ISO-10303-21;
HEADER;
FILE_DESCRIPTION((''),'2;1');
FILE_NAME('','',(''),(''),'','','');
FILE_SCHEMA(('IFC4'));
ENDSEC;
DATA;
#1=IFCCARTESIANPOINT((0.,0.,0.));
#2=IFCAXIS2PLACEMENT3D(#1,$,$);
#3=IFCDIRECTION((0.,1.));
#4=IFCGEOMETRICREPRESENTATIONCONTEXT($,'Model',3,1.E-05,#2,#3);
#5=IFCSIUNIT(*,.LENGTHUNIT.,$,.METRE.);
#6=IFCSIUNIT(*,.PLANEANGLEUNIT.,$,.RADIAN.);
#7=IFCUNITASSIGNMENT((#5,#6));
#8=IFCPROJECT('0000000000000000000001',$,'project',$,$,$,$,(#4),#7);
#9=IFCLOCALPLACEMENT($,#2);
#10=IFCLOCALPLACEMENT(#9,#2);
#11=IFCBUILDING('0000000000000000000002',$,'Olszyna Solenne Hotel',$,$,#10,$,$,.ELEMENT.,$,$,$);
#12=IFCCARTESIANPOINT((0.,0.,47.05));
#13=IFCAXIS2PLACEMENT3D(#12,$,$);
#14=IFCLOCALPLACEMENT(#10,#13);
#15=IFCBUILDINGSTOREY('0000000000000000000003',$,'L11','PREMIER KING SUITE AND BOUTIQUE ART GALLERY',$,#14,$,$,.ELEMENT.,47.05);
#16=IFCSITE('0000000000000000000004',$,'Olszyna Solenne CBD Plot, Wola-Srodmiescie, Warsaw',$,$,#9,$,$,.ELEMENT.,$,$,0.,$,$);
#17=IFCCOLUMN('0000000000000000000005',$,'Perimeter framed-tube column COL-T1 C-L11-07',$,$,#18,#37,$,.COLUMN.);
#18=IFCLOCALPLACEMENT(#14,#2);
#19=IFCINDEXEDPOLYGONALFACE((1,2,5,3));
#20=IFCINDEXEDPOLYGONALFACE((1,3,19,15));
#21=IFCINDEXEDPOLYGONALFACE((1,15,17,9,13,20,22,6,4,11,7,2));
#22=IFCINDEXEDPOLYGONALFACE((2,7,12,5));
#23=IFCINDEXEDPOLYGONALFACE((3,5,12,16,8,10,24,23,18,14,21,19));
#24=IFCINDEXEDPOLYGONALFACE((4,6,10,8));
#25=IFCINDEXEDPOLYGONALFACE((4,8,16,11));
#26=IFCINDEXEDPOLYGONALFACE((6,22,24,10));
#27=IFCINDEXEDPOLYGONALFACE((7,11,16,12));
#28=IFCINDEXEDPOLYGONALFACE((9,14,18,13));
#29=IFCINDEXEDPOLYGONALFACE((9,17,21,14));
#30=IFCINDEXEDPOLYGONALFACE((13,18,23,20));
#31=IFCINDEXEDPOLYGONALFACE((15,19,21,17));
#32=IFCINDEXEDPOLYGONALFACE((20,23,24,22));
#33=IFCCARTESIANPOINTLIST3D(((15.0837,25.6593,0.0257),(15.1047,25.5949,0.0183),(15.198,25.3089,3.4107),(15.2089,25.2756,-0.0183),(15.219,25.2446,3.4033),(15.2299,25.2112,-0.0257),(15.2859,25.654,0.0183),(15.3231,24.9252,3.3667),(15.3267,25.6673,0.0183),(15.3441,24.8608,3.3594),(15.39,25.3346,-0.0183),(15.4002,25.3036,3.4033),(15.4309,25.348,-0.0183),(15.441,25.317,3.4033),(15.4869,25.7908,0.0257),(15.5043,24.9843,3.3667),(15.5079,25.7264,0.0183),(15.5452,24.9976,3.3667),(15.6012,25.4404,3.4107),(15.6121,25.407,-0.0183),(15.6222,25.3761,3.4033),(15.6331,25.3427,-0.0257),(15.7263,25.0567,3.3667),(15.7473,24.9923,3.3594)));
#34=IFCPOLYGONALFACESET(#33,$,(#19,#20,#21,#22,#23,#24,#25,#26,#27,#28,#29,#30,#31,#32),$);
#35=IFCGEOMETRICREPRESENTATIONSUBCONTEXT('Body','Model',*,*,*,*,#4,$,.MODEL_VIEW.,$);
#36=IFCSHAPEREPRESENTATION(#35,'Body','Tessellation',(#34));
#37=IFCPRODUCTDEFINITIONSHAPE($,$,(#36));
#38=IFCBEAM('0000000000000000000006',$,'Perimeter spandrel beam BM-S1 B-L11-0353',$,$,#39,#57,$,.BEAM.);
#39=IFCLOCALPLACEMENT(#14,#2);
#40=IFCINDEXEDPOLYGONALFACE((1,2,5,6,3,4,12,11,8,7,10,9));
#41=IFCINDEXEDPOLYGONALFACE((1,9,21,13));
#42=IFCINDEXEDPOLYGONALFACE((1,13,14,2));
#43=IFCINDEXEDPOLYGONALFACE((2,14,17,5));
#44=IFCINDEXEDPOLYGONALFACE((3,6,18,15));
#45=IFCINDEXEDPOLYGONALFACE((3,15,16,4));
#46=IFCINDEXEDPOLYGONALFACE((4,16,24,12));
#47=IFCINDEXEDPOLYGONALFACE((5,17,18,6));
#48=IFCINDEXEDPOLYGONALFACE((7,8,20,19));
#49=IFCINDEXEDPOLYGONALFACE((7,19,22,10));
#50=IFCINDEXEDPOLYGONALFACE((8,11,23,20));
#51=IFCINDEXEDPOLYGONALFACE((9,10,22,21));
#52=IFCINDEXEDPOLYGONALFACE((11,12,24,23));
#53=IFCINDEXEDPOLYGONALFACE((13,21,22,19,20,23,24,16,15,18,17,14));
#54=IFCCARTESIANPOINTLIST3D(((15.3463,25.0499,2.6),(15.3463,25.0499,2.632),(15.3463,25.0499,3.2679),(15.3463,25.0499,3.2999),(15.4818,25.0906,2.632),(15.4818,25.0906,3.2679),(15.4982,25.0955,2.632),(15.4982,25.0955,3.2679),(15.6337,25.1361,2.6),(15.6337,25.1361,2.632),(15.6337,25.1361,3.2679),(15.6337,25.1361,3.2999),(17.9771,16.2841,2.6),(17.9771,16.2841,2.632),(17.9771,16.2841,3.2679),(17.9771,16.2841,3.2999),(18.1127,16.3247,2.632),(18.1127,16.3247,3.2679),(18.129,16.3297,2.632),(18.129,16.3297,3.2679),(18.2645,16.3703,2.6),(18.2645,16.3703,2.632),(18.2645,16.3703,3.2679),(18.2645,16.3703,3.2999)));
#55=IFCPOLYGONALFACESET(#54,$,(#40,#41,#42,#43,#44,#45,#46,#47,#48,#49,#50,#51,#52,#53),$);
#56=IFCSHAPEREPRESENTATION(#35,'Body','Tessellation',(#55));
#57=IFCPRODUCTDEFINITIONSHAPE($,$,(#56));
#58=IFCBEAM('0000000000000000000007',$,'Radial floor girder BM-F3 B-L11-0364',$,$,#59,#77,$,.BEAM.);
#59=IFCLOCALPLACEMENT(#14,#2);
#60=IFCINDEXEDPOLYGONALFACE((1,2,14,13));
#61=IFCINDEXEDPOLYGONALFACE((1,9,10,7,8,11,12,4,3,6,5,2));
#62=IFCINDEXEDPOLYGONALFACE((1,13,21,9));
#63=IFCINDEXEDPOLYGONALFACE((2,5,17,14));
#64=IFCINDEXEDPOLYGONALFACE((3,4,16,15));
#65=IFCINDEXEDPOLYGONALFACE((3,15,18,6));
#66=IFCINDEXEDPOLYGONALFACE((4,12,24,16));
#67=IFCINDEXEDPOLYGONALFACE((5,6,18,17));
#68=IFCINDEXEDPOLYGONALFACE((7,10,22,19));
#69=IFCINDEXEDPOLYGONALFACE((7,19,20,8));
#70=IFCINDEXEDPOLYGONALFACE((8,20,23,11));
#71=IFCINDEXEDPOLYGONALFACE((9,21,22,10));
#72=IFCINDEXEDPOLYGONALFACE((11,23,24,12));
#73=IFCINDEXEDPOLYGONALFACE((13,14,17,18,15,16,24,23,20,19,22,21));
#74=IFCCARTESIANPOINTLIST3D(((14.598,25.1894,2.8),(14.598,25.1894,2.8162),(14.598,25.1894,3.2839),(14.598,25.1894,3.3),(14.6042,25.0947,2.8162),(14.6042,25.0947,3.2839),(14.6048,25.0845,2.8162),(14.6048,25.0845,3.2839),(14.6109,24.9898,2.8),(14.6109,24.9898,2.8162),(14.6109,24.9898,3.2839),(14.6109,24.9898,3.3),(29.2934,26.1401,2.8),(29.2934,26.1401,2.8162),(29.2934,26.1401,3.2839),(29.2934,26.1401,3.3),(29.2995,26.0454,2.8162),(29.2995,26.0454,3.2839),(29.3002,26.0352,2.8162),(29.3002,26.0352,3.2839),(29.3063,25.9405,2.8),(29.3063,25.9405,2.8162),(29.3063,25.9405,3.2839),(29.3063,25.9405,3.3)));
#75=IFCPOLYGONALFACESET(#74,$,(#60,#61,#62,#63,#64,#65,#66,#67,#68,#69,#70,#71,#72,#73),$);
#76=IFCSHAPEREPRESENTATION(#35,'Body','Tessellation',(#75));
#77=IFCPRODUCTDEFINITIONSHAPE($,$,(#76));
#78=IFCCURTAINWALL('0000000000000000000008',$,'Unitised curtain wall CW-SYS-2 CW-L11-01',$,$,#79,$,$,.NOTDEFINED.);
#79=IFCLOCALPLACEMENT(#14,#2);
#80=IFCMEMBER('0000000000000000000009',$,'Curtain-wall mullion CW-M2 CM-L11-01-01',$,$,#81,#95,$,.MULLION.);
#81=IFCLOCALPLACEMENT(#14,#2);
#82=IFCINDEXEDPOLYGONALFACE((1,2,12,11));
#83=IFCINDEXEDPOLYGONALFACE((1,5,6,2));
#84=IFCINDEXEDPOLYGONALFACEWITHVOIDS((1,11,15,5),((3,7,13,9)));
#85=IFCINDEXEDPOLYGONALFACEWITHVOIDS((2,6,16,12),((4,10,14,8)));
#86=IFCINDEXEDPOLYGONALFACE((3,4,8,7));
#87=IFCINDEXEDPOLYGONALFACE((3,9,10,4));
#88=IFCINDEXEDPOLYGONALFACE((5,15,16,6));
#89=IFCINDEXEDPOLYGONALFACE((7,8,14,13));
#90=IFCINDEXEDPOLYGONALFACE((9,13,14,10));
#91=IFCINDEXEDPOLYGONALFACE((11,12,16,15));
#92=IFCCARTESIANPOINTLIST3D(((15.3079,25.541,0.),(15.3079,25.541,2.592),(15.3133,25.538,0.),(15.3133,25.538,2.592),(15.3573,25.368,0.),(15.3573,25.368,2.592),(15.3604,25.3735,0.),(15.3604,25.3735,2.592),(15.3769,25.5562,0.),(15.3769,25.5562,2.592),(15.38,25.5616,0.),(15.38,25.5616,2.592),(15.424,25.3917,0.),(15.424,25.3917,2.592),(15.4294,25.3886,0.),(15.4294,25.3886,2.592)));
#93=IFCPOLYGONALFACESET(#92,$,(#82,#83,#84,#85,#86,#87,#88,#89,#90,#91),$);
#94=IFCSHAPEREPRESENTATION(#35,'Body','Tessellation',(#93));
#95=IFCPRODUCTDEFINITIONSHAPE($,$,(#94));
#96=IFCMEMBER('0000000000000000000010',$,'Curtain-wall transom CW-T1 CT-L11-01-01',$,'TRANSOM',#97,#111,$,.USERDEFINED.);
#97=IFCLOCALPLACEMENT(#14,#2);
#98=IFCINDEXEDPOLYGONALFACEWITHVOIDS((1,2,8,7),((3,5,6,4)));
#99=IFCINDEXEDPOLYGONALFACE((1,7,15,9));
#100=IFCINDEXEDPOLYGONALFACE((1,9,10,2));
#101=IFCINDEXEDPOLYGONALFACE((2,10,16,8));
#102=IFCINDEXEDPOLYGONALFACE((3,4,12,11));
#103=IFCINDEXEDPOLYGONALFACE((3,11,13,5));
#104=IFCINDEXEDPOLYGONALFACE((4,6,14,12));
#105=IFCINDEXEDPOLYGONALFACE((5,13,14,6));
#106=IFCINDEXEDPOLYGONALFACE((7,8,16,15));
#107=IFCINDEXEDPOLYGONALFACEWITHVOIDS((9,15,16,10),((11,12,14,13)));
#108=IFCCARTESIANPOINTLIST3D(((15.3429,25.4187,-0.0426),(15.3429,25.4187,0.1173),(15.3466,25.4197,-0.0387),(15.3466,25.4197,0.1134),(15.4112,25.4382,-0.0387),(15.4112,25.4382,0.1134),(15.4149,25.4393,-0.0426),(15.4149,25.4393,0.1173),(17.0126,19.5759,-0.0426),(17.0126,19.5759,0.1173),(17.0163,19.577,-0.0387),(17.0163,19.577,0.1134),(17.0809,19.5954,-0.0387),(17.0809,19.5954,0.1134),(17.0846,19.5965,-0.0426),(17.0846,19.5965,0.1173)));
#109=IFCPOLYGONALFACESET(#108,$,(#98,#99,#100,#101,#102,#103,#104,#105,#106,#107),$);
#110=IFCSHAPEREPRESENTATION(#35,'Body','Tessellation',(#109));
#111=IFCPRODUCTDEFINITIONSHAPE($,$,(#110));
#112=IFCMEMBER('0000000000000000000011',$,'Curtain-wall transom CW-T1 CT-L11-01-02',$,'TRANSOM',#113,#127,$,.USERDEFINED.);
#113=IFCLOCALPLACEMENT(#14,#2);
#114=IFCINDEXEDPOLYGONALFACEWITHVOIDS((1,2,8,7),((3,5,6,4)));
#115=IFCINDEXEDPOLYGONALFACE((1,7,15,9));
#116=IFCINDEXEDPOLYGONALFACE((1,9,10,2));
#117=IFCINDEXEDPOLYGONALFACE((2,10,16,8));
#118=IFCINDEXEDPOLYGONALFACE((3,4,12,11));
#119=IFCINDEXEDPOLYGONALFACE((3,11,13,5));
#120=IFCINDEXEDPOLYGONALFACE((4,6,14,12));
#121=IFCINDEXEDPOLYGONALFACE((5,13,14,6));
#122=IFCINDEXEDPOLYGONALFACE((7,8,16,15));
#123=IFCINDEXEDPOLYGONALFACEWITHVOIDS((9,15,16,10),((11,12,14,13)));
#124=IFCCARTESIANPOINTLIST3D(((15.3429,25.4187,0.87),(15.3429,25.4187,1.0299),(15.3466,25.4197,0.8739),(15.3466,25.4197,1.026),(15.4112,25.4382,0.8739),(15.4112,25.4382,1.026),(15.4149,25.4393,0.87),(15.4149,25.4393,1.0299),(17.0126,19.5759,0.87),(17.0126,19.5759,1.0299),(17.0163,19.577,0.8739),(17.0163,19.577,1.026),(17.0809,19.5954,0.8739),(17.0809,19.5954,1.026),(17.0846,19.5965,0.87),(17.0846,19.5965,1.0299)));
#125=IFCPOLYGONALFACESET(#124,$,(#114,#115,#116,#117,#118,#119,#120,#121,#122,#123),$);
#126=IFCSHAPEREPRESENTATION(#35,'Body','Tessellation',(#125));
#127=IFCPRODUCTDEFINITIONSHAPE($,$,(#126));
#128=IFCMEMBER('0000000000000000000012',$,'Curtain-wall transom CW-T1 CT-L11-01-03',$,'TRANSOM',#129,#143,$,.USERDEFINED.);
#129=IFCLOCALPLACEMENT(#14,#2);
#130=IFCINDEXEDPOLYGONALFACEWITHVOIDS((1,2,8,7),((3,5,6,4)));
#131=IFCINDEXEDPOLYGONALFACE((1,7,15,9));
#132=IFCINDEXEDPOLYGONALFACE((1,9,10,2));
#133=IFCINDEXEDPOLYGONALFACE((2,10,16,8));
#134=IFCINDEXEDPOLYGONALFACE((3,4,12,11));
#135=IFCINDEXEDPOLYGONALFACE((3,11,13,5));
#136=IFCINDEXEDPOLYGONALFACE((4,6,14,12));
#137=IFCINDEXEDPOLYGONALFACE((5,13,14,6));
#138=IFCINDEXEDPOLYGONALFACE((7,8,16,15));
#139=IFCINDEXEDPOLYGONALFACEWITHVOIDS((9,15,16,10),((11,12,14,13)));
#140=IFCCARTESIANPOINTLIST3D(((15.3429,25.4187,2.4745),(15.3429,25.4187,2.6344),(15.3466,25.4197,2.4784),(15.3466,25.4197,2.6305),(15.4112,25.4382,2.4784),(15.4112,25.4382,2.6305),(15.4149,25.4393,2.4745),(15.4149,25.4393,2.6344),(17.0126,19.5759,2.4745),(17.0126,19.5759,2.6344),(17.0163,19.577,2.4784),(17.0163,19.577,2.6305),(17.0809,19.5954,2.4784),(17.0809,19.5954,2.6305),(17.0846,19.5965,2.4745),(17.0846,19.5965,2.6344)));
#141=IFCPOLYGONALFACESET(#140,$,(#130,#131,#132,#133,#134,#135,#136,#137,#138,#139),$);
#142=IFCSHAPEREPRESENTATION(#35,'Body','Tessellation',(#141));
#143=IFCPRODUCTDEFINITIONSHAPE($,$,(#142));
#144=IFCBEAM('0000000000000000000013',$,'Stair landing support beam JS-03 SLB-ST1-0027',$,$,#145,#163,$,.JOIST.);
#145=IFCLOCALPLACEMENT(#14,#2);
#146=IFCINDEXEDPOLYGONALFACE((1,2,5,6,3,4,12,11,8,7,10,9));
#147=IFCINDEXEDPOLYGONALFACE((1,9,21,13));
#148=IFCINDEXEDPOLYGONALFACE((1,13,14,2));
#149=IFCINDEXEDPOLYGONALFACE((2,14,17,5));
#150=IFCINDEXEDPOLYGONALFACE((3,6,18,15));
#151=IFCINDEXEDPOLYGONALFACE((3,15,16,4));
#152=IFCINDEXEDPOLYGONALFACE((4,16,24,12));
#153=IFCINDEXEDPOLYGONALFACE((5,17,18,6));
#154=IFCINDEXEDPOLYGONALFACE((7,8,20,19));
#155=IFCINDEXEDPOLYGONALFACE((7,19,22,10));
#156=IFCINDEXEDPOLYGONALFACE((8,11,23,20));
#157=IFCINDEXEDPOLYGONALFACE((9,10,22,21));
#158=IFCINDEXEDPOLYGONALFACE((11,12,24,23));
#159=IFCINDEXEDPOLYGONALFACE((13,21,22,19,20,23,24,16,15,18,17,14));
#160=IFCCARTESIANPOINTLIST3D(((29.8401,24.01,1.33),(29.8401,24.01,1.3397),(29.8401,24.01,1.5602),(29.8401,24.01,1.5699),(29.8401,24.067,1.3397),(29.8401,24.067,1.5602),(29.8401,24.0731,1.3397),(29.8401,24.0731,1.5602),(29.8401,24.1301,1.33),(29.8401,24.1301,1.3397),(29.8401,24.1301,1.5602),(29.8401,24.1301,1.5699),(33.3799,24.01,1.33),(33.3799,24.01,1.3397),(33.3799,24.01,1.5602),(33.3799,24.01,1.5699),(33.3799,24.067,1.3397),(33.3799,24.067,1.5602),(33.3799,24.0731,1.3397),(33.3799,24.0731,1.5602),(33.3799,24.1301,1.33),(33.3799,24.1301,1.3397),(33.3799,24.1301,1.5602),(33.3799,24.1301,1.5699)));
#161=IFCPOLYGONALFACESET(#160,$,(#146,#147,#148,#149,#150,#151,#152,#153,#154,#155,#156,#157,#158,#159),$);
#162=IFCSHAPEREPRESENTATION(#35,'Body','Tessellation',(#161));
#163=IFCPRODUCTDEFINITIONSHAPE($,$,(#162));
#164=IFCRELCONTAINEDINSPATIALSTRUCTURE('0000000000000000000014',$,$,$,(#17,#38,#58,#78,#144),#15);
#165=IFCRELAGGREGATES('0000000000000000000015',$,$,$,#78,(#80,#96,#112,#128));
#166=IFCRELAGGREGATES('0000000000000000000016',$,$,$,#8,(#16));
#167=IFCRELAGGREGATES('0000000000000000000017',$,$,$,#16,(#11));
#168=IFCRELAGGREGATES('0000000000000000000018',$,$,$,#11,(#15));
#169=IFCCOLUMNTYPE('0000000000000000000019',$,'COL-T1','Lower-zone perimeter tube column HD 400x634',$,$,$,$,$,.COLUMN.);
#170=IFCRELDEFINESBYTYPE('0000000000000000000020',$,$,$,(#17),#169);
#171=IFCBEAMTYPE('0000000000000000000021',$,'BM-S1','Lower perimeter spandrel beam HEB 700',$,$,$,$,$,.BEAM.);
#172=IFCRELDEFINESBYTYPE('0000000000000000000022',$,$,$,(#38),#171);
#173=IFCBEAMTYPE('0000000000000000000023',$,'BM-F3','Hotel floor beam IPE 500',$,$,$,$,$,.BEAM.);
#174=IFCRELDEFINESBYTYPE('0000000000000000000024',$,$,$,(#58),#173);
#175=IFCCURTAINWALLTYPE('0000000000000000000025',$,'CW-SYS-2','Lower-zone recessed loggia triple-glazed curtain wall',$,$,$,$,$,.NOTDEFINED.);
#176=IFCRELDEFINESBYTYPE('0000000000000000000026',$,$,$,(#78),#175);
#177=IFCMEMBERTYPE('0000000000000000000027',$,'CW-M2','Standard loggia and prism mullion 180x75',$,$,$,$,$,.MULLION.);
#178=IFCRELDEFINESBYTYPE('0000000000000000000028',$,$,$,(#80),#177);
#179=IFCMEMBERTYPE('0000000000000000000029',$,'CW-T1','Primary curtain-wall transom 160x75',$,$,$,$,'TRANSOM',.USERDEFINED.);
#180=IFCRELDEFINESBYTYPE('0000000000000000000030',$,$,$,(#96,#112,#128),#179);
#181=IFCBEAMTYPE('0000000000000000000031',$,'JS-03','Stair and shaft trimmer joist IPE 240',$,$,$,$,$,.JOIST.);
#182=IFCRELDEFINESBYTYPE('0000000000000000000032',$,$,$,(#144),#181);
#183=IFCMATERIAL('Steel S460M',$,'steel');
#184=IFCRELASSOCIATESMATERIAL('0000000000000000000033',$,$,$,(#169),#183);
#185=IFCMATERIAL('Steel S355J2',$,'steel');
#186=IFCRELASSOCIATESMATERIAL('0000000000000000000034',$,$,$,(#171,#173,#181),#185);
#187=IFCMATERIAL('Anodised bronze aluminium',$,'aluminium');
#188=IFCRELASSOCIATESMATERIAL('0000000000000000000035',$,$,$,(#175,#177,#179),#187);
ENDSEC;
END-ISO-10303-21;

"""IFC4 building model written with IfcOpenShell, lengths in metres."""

from ifc_helpers import new_model, si_unit, direction, frame, origin, origin_2d, place, context, subcontext, project, spatial, hollow_rectangle, i_section, extrude, source, transform, mapped, material, material_profile, profile_set, type_object, element, aggregate, save


model = new_model("IFC4")

# Units and contexts
model_context = context("Model", 3, precision=1e-05, world=origin(), true_north=direction((0.0, 1.0)))
body_context = subcontext(model_context, "Body", "Model", "MODEL_VIEW")
ifc_project = project(units=[si_unit("LENGTHUNIT", "METRE"), si_unit("PLANEANGLEUNIT", "RADIAN")], contexts=[model_context])

# Site, building, storey
site_placement = place(None, origin())
site = spatial("IfcSite", under=ifc_project, at=site_placement, Name="Olszyna Solenne CBD Plot, Wola-Srodmiescie, Warsaw", CompositionType="ELEMENT", RefElevation=0.0)
building_placement = place(site_placement, origin())
building = spatial("IfcBuilding", under=site, at=building_placement, Name="Olszyna Solenne Hotel", CompositionType="ELEMENT")
storey_placement = place(building_placement, frame((0.0, 0.0, 47.05)))
storey = spatial("IfcBuildingStorey", under=building, at=storey_placement, Name="L11", Description="PREMIER KING SUITE AND BOUTIQUE ART GALLERY", CompositionType="ELEMENT", Elevation=47.05)

# Column
ifc_material_1 = material(Name="Steel S460M", Category="steel")
ifc_material_profile_1 = material_profile(ifc_material_1, i_section(OverallWidth=0.4241, OverallDepth=0.4741, WebThickness=0.043, FlangeThickness=0.0681, at=origin_2d()), Name="HD 400x634", Category="load-bearing")
ifc_profile_set_1 = profile_set([ifc_material_profile_1], Name="Steel S460M")
column_type = type_object("IfcColumnType", Name="COL-T1", Description="Lower-zone perimeter tube column HD 400x634", PredefinedType="COLUMN", material=ifc_profile_set_1)
shared_shape_1 = source(origin(), body_context, "Body", "SweptSolid", [
    extrude(i_section(OverallWidth=0.4241, OverallDepth=0.4741, WebThickness=0.043, FlangeThickness=0.0681, at=origin_2d()), origin(), (0.0, 0.0, 1.0), 3.405),
])
column_placement = place(storey_placement, frame((15.3584, 25.501, 0.0), z_axis=(0.033556, -0.10289, 0.994127), x_axis=(0.950717, 0.31006, 0.0)))
element("IfcColumn", 1, at=column_placement, inside=storey, type_object=column_type, Name="Perimeter framed-tube column COL-T1 C-L11-07", PredefinedType="COLUMN", context=body_context, shape_type="MappedRepresentation", body=[
    mapped(shared_shape_1, transform((0.0, 0.0, 0.0), x_axis=(1.0, 0.0, 0.0), y_axis=(0.0, 1.0, 0.0), z_axis=(0.0, 0.0, 1.0), scale=1.0)),
])

# Beams
ifc_material_2 = material(Name="Steel S355J2", Category="steel")
ifc_material_profile_2 = material_profile(ifc_material_2, i_section(OverallWidth=0.3, OverallDepth=0.7, WebThickness=0.0171, FlangeThickness=0.032, at=origin_2d()), Name="HEB 700", Category="load-bearing")
ifc_profile_set_2 = profile_set([ifc_material_profile_2], Name="Steel S355J2")
beam_type_1 = type_object("IfcBeamType", Name="BM-S1", Description="Lower perimeter spandrel beam HEB 700", PredefinedType="BEAM", material=ifc_profile_set_2)
shared_shape_2 = source(origin(), body_context, "Body", "SweptSolid", [
    extrude(i_section(OverallWidth=0.3, OverallDepth=0.7, WebThickness=0.0171, FlangeThickness=0.032, at=origin_2d()), origin(), (0.0, 0.0, 1.0), 9.1521),
])
beam_1_placement = place(storey_placement, frame((15.49, 25.093, 2.95), z_axis=(0.287458, -0.957793, 0.0), x_axis=(0.957793, 0.287458, 0.0)))
element("IfcBeam", 2, at=beam_1_placement, inside=storey, type_object=beam_type_1, Name="Perimeter spandrel beam BM-S1 B-L11-0353", PredefinedType="BEAM", context=body_context, shape_type="MappedRepresentation", body=[
    mapped(shared_shape_2, transform((0.0, 0.0, 0.0), x_axis=(1.0, 0.0, 0.0), y_axis=(0.0, 1.0, 0.0), z_axis=(0.0, 0.0, 1.0), scale=1.0)),
])
ifc_material_profile_3 = material_profile(ifc_material_2, i_section(OverallWidth=0.2, OverallDepth=0.5, WebThickness=0.0103, FlangeThickness=0.0161, at=origin_2d()), Name="IPE 500", Category="load-bearing")
ifc_profile_set_3 = profile_set([ifc_material_profile_3], Name="Steel S355J2")
beam_type_2 = type_object("IfcBeamType", Name="BM-F3", Description="Hotel floor beam IPE 500", PredefinedType="BEAM", material=ifc_profile_set_3)
shared_shape_3 = source(origin(), body_context, "Body", "SweptSolid", [
    extrude(i_section(OverallWidth=0.2, OverallDepth=0.5, WebThickness=0.0103, FlangeThickness=0.0161, at=origin_2d()), origin(), (0.0, 0.0, 1.0), 14.7261),
])
beam_2_placement = place(storey_placement, frame((14.6045, 25.0896, 3.05), z_axis=(0.997914, 0.064558, 0.0), x_axis=(-0.064558, 0.997914, 0.0)))
element("IfcBeam", 3, at=beam_2_placement, inside=storey, type_object=beam_type_2, Name="Radial floor girder BM-F3 B-L11-0364", PredefinedType="BEAM", context=body_context, shape_type="MappedRepresentation", body=[
    mapped(shared_shape_3, transform((0.0, 0.0, 0.0), x_axis=(1.0, 0.0, 0.0), y_axis=(0.0, 1.0, 0.0), z_axis=(0.0, 0.0, 1.0), scale=1.0)),
])

# Curtain wall, members
ifc_material_3 = material(Name="Anodised bronze aluminium", Category="aluminium")
curtain_wall_type = type_object("IfcCurtainWallType", Name="CW-SYS-2", Description="Lower-zone recessed loggia triple-glazed curtain wall", PredefinedType="NOTDEFINED", material=ifc_material_3)
curtain_wall_placement = place(storey_placement, origin())
curtain_wall = element("IfcCurtainWall", 4, at=curtain_wall_placement, inside=storey, type_object=curtain_wall_type, Name="Unitised curtain wall CW-SYS-2 CW-L11-01", PredefinedType="NOTDEFINED")
ifc_material_profile_4 = material_profile(ifc_material_3, hollow_rectangle(XDim=0.075, YDim=0.1799, WallThickness=0.0044, at=origin_2d()), Name="MULL 180x75x4.5", Category="load-bearing")
ifc_profile_set_4 = profile_set([ifc_material_profile_4], Name="Anodised bronze aluminium")
member_type_1 = type_object("IfcMemberType", Name="CW-M2", Description="Standard loggia and prism mullion 180x75", PredefinedType="MULLION", material=ifc_profile_set_4)
shared_shape_4 = source(origin(), body_context, "Body", "SweptSolid", [
    extrude(hollow_rectangle(XDim=0.075, YDim=0.1799, WallThickness=0.0044, at=origin_2d()), origin(), (0.0, 0.0, 1.0), 2.592),
])
member_1_placement = place(storey_placement, frame((15.3687, 25.4648, 0.0), z_axis=(0.0, 0.0, 1.0), x_axis=(0.961508, 0.274775, 0.0)))
member_1 = element("IfcMember", 5, at=member_1_placement, type_object=member_type_1, Name="Curtain-wall mullion CW-M2 CM-L11-01-01", PredefinedType="MULLION", context=body_context, shape_type="MappedRepresentation", body=[
    mapped(shared_shape_4, transform((0.0, 0.0, 0.0), x_axis=(1.0, 0.0, 0.0), y_axis=(0.0, 1.0, 0.0), z_axis=(0.0, 0.0, 1.0), scale=1.0)),
])
ifc_material_profile_5 = material_profile(ifc_material_3, hollow_rectangle(XDim=0.075, YDim=0.1599, WallThickness=0.0039, at=origin_2d()), Name="TRAN 160x75x4", Category="load-bearing")
ifc_profile_set_5 = profile_set([ifc_material_profile_5], Name="Anodised bronze aluminium")
member_type_2 = type_object("IfcMemberType", Name="CW-T1", Description="Primary curtain-wall transom 160x75", ElementType="TRANSOM", PredefinedType="USERDEFINED", material=ifc_profile_set_5)
shared_shape_5 = source(origin(), body_context, "Body", "SweptSolid", [
    extrude(hollow_rectangle(XDim=0.075, YDim=0.1599, WallThickness=0.0039, at=origin_2d()), origin(), (0.0, 0.0, 1.0), 6.0767),
])
member_2_placement = place(storey_placement, frame((15.3789, 25.429, 0.0374), z_axis=(0.274769, -0.96151, 0.0), x_axis=(0.96151, 0.274769, 0.0)))
member_2 = element("IfcMember", 6, at=member_2_placement, type_object=member_type_2, Name="Curtain-wall transom CW-T1 CT-L11-01-01", ObjectType="TRANSOM", PredefinedType="USERDEFINED", context=body_context, shape_type="MappedRepresentation", body=[
    mapped(shared_shape_5, transform((0.0, 0.0, 0.0), x_axis=(1.0, 0.0, 0.0), y_axis=(0.0, 1.0, 0.0), z_axis=(0.0, 0.0, 1.0), scale=1.0)),
])
member_3_placement = place(storey_placement, frame((15.3789, 25.429, 0.95), z_axis=(0.274769, -0.96151, 0.0), x_axis=(0.96151, 0.274769, 0.0)))
member_3 = element("IfcMember", 7, at=member_3_placement, type_object=member_type_2, Name="Curtain-wall transom CW-T1 CT-L11-01-02", ObjectType="TRANSOM", PredefinedType="USERDEFINED", context=body_context, shape_type="MappedRepresentation", body=[
    mapped(shared_shape_5, transform((0.0, 0.0, 0.0), x_axis=(1.0, 0.0, 0.0), y_axis=(0.0, 1.0, 0.0), z_axis=(0.0, 0.0, 1.0), scale=1.0)),
])
member_4_placement = place(storey_placement, frame((15.3789, 25.429, 2.5544), z_axis=(0.274769, -0.96151, 0.0), x_axis=(0.96151, 0.274769, 0.0)))
member_4 = element("IfcMember", 8, at=member_4_placement, type_object=member_type_2, Name="Curtain-wall transom CW-T1 CT-L11-01-03", ObjectType="TRANSOM", PredefinedType="USERDEFINED", context=body_context, shape_type="MappedRepresentation", body=[
    mapped(shared_shape_5, transform((0.0, 0.0, 0.0), x_axis=(1.0, 0.0, 0.0), y_axis=(0.0, 1.0, 0.0), z_axis=(0.0, 0.0, 1.0), scale=1.0)),
])
aggregate(curtain_wall, [member_1, member_2, member_3, member_4])

# Beam
ifc_material_profile_6 = material_profile(ifc_material_2, i_section(OverallWidth=0.1201, OverallDepth=0.24, WebThickness=0.0061, FlangeThickness=0.0098, at=origin_2d()), Name="IPE 240", Category="load-bearing")
ifc_profile_set_6 = profile_set([ifc_material_profile_6], Name="Steel S355J2")
beam_type_3 = type_object("IfcBeamType", Name="JS-03", Description="Stair and shaft trimmer joist IPE 240", PredefinedType="JOIST", material=ifc_profile_set_6)
shared_shape_6 = source(origin(), body_context, "Body", "SweptSolid", [
    extrude(i_section(OverallWidth=0.1201, OverallDepth=0.24, WebThickness=0.0061, FlangeThickness=0.0098, at=origin_2d()), origin(), (0.0, 0.0, 1.0), 3.5398),
])
for number, where, z_axis, x_axis, name in (
    (9, (33.3799, 24.0701, 1.45), (-1.0, 0.0, 0.0), (0.0, -1.0, 0.0), "Stair landing support beam JS-03 SLB-ST1-0027"),
):
    element("IfcBeam", number, at=place(storey_placement, frame(where, z_axis=z_axis, x_axis=x_axis)), inside=storey, type_object=beam_type_3, Name=name, PredefinedType="JOIST", context=body_context, shape_type="MappedRepresentation", body=[
        mapped(shared_shape_6, transform((0.0, 0.0, 0.0), x_axis=(1.0, 0.0, 0.0), y_axis=(0.0, 1.0, 0.0), z_axis=(0.0, 0.0, 1.0), scale=1.0)),
    ])

save(model, "model.ifc")
